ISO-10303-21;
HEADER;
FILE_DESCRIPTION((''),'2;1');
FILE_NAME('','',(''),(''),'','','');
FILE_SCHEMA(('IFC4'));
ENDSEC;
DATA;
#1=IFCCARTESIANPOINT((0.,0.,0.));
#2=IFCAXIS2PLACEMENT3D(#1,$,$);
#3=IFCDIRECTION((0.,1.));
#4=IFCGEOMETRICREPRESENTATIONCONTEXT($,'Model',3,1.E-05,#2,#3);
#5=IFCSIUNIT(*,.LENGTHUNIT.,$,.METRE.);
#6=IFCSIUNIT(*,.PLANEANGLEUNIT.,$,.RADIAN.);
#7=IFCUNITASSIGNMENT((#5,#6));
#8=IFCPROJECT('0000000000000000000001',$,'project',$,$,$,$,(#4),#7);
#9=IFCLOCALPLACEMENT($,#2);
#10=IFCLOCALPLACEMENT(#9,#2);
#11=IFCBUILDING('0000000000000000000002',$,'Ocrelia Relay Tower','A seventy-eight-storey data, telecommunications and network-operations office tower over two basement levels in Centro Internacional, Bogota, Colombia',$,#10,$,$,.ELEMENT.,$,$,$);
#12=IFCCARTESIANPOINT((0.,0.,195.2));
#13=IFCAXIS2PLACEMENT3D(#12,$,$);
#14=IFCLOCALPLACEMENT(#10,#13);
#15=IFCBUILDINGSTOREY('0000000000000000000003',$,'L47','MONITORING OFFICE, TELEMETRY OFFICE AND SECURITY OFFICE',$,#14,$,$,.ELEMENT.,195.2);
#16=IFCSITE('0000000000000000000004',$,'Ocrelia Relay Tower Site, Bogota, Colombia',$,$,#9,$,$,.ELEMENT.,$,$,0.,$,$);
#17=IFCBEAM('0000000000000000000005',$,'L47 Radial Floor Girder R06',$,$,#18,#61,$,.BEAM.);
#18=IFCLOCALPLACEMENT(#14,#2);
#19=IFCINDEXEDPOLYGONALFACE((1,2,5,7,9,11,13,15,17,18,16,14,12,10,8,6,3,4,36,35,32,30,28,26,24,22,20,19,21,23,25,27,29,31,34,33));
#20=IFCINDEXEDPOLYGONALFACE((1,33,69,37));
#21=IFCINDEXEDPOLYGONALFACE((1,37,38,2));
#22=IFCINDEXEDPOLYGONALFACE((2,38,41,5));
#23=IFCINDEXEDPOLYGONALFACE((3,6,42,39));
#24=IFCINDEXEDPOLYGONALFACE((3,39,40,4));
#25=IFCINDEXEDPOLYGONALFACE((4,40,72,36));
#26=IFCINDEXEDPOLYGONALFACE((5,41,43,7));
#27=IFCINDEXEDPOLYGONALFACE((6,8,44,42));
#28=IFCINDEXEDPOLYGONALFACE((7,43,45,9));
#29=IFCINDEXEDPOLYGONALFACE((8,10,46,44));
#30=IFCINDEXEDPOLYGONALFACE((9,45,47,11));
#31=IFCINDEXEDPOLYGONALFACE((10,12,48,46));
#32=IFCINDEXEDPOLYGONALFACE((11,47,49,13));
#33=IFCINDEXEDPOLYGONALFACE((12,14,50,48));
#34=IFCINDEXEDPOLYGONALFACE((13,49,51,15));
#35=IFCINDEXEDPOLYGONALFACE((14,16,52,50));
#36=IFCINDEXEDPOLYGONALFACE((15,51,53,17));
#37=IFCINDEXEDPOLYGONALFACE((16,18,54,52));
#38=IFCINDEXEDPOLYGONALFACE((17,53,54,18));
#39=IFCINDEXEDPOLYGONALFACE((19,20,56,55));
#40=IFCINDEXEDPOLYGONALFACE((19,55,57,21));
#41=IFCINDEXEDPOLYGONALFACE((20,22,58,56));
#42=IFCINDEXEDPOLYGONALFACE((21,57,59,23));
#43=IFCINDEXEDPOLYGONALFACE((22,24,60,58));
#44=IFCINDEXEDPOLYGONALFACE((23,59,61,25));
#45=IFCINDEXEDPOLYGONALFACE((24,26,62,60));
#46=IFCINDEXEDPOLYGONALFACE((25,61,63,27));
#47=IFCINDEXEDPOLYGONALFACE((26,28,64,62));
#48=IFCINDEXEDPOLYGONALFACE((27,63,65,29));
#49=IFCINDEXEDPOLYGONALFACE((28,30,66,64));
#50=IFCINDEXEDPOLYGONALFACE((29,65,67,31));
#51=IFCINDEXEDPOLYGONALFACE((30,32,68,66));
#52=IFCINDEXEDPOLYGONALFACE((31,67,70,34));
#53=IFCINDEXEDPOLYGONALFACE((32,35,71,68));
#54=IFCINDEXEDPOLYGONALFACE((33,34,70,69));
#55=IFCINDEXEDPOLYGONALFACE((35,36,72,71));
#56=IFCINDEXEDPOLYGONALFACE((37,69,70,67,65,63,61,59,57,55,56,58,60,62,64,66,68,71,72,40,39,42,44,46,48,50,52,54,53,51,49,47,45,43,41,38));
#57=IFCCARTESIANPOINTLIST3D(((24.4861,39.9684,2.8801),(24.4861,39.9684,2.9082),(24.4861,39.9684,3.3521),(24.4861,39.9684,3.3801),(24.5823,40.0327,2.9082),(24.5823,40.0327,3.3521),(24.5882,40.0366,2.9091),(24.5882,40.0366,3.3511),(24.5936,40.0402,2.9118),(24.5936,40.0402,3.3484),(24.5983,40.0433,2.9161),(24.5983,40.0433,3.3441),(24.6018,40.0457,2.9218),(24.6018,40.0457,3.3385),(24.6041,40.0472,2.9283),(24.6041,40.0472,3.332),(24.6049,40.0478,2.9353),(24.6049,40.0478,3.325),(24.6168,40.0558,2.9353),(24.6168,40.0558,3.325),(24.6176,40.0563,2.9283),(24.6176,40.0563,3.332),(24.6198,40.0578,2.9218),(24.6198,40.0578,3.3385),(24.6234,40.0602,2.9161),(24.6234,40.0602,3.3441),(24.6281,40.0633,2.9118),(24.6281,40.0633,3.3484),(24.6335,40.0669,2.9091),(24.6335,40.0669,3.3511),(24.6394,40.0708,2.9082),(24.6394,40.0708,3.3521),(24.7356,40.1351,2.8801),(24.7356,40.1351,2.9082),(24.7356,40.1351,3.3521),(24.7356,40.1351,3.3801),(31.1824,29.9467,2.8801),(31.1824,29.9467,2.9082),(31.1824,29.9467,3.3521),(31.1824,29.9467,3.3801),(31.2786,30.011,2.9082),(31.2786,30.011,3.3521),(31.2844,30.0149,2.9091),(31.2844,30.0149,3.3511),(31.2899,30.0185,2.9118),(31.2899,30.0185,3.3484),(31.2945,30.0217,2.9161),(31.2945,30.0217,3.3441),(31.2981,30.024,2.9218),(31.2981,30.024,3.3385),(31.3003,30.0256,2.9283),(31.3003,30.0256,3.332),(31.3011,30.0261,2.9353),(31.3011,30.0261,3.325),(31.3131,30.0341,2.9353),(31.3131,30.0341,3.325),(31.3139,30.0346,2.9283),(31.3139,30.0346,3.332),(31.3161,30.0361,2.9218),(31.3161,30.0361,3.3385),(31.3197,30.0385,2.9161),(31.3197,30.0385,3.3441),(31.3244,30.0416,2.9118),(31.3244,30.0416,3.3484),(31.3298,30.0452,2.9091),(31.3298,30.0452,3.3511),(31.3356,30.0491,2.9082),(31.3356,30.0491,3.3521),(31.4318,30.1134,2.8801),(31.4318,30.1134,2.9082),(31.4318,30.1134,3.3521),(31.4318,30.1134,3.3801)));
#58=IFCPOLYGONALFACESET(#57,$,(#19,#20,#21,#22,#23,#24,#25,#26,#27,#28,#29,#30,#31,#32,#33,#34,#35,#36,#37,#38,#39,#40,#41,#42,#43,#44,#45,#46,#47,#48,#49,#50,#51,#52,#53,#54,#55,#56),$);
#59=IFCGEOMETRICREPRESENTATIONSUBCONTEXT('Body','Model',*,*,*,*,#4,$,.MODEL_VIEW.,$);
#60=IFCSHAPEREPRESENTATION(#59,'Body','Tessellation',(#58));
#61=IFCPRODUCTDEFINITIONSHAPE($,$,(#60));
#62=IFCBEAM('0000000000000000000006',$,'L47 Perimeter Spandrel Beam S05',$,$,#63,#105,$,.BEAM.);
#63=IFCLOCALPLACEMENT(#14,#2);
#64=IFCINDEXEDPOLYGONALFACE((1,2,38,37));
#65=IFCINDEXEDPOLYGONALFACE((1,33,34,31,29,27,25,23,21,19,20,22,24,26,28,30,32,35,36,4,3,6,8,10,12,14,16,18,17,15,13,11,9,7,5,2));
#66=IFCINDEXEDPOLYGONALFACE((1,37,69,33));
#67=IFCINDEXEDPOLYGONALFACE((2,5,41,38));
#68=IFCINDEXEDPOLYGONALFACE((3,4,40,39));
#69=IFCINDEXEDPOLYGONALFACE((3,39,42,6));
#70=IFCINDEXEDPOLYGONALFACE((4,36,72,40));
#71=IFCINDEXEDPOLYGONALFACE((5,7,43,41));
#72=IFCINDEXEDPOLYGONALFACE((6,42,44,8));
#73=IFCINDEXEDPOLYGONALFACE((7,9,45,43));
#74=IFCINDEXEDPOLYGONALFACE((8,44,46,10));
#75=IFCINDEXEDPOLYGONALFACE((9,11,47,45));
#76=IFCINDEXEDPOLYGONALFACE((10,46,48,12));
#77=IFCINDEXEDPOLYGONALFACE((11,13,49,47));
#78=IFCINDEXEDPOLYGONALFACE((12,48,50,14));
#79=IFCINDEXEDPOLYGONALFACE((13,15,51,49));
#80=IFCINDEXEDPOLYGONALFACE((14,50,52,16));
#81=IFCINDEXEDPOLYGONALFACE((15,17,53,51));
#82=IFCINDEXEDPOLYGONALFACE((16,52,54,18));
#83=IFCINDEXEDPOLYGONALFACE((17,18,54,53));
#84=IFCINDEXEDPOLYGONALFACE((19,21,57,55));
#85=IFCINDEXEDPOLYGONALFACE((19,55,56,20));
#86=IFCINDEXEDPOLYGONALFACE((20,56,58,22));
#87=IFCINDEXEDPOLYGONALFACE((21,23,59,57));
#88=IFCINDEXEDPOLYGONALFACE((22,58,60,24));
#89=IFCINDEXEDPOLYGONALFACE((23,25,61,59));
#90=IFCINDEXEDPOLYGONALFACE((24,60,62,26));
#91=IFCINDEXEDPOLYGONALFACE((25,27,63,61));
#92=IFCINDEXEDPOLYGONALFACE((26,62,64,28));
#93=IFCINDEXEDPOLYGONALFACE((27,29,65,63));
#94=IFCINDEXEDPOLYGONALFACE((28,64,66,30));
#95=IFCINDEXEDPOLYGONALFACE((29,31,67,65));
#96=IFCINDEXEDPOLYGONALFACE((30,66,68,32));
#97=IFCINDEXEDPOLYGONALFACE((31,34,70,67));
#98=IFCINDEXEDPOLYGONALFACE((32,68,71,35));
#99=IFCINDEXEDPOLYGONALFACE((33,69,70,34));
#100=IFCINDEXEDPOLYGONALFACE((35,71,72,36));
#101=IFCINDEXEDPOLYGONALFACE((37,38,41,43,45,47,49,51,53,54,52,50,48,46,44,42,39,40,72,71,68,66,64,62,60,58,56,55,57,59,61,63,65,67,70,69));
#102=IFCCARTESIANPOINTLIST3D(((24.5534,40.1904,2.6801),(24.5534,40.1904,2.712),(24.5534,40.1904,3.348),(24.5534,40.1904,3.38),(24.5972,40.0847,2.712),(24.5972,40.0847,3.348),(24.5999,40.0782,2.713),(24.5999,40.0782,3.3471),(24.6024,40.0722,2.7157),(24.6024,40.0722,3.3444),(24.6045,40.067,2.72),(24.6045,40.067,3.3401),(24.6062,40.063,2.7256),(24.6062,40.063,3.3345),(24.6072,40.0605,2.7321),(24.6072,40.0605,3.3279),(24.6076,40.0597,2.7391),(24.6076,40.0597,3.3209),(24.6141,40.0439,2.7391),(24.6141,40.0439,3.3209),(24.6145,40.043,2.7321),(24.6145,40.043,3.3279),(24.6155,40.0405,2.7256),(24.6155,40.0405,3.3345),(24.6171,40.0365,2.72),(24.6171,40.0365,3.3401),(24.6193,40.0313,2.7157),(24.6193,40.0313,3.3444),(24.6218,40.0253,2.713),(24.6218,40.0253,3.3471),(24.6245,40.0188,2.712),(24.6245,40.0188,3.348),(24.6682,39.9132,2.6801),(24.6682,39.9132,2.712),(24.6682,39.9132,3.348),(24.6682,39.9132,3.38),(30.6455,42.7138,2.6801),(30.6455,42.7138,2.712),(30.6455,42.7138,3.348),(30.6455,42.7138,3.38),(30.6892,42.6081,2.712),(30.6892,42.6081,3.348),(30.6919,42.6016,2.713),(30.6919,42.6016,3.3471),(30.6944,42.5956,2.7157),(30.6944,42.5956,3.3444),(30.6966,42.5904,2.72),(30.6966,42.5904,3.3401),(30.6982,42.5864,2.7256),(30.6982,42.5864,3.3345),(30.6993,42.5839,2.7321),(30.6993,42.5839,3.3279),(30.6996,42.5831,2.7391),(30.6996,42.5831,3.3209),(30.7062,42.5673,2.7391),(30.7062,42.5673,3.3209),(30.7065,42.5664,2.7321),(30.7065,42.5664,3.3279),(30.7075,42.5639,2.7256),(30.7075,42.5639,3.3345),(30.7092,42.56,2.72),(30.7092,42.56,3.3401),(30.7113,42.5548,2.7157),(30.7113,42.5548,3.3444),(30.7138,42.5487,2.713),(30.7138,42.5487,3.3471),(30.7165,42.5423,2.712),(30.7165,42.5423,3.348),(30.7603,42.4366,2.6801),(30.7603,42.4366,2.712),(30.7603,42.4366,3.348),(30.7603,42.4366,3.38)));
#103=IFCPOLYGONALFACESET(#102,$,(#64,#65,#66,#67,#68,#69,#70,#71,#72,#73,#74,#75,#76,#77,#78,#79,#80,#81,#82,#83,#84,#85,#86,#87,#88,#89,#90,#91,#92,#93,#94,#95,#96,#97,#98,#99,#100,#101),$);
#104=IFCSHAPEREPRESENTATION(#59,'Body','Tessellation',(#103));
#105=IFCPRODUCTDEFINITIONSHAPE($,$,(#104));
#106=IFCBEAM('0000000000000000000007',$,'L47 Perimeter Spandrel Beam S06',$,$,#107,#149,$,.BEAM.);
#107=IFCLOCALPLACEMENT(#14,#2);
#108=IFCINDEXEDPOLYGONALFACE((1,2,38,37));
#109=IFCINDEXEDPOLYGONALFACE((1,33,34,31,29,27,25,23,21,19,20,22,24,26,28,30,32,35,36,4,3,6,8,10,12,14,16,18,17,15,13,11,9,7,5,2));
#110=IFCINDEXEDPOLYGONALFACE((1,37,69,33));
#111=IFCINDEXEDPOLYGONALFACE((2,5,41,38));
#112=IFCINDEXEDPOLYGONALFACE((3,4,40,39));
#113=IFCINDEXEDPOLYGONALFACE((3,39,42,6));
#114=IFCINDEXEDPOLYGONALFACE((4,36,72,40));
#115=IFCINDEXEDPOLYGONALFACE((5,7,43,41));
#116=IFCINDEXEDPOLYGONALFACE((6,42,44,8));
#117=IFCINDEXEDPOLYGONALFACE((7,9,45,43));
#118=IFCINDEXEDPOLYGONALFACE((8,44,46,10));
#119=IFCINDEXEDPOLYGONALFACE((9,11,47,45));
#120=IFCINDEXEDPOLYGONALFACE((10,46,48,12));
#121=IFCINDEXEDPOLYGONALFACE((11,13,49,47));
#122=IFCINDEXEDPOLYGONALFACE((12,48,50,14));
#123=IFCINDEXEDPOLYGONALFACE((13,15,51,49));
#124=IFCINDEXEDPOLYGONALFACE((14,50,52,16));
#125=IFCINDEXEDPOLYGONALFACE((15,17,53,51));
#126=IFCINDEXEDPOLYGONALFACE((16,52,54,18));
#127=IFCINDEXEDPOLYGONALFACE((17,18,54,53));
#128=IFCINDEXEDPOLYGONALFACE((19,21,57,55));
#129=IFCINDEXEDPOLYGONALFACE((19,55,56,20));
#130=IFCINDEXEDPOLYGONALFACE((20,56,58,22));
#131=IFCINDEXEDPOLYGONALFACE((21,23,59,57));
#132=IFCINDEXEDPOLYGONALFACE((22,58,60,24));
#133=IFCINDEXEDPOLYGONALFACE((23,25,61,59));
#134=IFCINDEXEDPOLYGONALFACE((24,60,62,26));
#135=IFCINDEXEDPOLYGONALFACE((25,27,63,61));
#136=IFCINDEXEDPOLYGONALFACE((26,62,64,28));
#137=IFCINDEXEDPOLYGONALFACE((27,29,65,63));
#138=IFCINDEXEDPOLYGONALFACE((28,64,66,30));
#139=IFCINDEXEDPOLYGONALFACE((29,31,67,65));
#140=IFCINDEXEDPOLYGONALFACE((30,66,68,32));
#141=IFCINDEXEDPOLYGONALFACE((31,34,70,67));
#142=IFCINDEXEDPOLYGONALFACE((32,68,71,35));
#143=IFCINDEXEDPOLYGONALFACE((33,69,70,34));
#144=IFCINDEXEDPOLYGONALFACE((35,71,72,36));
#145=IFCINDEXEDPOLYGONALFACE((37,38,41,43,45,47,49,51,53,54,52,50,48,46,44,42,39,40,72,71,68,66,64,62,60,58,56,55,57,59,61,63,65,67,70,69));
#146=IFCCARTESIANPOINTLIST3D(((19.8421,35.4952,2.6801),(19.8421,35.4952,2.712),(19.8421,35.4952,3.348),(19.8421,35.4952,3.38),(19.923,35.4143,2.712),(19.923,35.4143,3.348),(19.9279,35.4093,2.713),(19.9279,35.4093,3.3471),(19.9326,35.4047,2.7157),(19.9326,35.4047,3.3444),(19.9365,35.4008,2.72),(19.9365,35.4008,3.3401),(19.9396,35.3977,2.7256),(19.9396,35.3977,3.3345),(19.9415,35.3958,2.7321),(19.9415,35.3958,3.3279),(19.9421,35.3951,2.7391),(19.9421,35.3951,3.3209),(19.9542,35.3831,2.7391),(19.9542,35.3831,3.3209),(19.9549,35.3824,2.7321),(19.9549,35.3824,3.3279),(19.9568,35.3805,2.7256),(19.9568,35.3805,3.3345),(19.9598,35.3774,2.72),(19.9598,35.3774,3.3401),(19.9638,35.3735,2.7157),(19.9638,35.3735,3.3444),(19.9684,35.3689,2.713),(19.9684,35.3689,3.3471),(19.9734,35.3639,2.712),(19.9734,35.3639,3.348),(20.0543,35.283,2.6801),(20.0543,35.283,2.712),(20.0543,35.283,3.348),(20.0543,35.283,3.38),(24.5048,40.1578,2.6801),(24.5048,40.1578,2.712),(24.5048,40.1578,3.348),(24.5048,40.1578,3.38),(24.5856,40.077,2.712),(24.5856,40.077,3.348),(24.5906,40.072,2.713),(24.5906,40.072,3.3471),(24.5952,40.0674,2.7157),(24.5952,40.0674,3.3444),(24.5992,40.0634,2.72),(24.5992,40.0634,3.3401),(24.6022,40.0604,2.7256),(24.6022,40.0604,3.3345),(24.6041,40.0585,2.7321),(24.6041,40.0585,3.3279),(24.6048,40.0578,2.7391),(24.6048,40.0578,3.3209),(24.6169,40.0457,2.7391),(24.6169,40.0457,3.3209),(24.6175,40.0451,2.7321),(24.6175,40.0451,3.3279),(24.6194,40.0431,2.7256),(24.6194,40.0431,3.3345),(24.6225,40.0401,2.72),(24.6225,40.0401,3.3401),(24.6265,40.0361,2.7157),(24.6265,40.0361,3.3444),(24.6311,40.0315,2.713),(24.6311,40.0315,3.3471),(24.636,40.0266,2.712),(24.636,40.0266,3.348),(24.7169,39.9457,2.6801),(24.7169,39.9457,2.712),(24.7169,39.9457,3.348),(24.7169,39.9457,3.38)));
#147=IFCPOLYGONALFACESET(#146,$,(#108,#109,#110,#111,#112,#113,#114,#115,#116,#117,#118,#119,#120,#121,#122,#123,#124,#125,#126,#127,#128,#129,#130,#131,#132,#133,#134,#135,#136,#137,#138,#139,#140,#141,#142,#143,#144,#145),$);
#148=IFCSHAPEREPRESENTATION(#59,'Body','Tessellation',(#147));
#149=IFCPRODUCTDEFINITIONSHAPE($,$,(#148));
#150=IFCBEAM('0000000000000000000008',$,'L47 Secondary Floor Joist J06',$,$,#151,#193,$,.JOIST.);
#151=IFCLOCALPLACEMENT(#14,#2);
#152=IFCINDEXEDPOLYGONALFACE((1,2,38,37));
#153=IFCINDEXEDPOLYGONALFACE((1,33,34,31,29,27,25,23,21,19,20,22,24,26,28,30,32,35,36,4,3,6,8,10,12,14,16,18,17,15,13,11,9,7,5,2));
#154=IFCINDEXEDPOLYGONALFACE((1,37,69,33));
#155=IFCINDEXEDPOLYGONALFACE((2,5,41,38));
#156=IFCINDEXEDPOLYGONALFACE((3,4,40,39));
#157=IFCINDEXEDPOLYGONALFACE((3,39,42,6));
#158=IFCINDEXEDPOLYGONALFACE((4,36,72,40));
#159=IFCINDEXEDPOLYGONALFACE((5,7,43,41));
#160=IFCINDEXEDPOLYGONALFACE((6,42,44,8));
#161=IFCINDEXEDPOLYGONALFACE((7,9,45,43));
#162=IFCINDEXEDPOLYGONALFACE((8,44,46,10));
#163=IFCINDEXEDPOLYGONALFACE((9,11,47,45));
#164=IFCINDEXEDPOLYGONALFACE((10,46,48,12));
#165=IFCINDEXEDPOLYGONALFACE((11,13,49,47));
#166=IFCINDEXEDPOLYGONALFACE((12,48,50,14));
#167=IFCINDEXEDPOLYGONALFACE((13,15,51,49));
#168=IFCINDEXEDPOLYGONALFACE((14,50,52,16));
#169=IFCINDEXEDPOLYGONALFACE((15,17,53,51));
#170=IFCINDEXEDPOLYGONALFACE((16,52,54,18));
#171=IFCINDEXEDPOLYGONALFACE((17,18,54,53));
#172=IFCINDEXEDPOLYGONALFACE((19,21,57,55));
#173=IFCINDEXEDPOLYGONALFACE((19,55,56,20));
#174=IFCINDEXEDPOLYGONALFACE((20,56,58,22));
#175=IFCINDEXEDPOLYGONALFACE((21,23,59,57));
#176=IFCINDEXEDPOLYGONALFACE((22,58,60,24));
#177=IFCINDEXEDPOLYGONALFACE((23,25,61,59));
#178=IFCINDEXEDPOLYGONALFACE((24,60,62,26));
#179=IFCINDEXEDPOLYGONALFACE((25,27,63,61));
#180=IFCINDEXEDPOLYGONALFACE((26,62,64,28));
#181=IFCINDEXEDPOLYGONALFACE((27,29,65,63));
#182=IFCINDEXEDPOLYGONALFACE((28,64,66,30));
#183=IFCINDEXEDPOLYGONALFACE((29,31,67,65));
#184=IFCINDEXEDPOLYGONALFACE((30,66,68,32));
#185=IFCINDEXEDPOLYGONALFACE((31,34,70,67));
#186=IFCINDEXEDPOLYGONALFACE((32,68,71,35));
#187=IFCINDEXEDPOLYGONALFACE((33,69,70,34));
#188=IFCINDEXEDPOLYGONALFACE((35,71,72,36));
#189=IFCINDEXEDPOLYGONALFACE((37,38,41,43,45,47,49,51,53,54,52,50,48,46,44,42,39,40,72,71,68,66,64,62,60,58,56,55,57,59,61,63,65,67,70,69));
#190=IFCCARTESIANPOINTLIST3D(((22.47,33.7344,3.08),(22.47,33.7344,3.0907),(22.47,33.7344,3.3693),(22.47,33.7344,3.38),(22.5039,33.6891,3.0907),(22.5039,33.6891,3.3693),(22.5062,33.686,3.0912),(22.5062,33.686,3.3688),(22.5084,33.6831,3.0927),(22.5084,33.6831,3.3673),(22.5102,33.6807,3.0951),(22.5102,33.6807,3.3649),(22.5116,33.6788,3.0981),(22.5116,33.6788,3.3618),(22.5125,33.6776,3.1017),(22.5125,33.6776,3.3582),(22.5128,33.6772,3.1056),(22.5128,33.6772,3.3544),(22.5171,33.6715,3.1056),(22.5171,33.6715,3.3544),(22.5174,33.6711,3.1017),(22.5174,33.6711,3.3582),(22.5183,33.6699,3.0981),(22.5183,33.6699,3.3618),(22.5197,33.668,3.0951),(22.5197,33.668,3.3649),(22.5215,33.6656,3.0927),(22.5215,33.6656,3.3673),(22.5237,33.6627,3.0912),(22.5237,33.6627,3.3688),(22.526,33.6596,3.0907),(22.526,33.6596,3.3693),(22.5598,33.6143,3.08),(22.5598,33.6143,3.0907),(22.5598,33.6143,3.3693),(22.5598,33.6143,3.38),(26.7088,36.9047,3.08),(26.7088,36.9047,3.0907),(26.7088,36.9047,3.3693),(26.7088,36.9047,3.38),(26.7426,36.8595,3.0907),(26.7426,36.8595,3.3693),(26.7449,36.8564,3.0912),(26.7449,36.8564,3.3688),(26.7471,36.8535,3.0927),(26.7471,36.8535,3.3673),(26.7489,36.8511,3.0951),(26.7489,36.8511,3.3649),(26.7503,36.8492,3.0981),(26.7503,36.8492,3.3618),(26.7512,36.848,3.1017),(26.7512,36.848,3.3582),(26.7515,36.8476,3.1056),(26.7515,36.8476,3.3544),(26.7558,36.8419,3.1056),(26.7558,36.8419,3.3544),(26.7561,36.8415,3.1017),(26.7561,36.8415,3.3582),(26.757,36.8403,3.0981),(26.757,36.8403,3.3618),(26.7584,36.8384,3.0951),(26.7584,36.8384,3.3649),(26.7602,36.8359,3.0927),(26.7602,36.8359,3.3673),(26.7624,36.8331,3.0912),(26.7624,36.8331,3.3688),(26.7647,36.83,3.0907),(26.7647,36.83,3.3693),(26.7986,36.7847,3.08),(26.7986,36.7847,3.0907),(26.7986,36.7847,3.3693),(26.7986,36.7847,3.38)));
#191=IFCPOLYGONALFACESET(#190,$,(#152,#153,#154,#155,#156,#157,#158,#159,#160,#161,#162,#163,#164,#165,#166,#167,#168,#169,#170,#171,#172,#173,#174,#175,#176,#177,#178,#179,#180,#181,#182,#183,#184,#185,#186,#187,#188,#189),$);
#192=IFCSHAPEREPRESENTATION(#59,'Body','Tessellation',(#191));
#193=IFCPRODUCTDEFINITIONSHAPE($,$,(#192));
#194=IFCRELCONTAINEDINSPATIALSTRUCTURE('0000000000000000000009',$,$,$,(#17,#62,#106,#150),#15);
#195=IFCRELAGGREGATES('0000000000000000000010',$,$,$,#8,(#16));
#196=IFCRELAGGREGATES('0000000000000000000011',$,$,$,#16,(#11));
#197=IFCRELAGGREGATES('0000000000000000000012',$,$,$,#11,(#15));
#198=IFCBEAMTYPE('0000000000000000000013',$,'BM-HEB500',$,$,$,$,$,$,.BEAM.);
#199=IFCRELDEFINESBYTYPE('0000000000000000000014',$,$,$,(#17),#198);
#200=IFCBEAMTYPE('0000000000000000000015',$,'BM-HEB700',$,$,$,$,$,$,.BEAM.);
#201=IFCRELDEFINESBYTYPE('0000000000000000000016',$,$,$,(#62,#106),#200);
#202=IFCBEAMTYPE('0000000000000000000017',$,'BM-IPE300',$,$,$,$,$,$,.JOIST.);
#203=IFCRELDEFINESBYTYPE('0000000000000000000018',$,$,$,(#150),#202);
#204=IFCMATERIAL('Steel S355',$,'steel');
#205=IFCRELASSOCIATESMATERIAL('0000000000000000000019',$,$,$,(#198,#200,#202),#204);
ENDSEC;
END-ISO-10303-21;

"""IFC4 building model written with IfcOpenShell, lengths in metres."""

from ifc_helpers import new_model, si_unit, direction, frame, origin, origin_2d, place, context, subcontext, project, spatial, i_section, extrude, material, material_profile, profile_set, type_object, element, save


model = new_model("IFC4")

# Units and contexts
model_context = context("Model", 3, precision=1e-05, world=origin(), true_north=direction((0.0, 1.0)))
body_context = subcontext(model_context, "Body", "Model", "MODEL_VIEW")
ifc_project = project(units=[si_unit("LENGTHUNIT", "METRE"), si_unit("PLANEANGLEUNIT", "RADIAN")], contexts=[model_context])

# Site, building, storey
site_placement = place(None, origin())
site = spatial("IfcSite", under=ifc_project, at=site_placement, Name="Ocrelia Relay Tower Site, Bogota, Colombia", CompositionType="ELEMENT", RefElevation=0.0)
building_placement = place(site_placement, origin())
building = spatial("IfcBuilding", under=site, at=building_placement, Name="Ocrelia Relay Tower", Description="A seventy-eight-storey data, telecommunications and network-operations office tower over two basement levels in Centro Internacional, Bogota, Colombia", CompositionType="ELEMENT")
storey_placement = place(building_placement, frame((0.0, 0.0, 195.2)))
storey = spatial("IfcBuildingStorey", under=building, at=storey_placement, Name="L47", Description="MONITORING OFFICE, TELEMETRY OFFICE AND SECURITY OFFICE", CompositionType="ELEMENT", Elevation=195.2)

# Beams
ifc_material_1 = material(Name="Steel S355", Category="steel")
ifc_material_profile_1 = material_profile(ifc_material_1, i_section(OverallWidth=0.3, OverallDepth=0.5, WebThickness=0.0144, FlangeThickness=0.0281, FilletRadius=0.0271, at=origin_2d()), Name="HEB 500")
ifc_profile_set_1 = profile_set([ifc_material_profile_1], Name="Steel S355")
beam_type_1 = type_object("IfcBeamType", Name="BM-HEB500", PredefinedType="BEAM", material=ifc_profile_set_1)
beam_1_placement = place(storey_placement, frame((24.6108, 40.0518, 3.1301), z_axis=(0.555569, -0.83147, 0.0), x_axis=(0.83147, 0.555569, 0.0)))
element("IfcBeam", 1, at=beam_1_placement, inside=storey, type_object=beam_type_1, Name="L47 Radial Floor Girder R06", PredefinedType="BEAM", context=body_context, shape_type="SweptSolid", body=[
    extrude(i_section(OverallWidth=0.3, OverallDepth=0.5, WebThickness=0.0144, FlangeThickness=0.0281, FilletRadius=0.0271, at=origin_2d()), origin(), (0.0, 0.0, 1.0), 12.053),
])
ifc_material_profile_2 = material_profile(ifc_material_1, i_section(OverallWidth=0.3, OverallDepth=0.7, WebThickness=0.0171, FlangeThickness=0.032, FilletRadius=0.0271, at=origin_2d()), Name="HEB 700")
ifc_profile_set_2 = profile_set([ifc_material_profile_2], Name="Steel S355")
beam_type_2 = type_object("IfcBeamType", Name="BM-HEB700", PredefinedType="BEAM", material=ifc_profile_set_2)
for number, where, z_axis, x_axis, name in (
    (2, (30.7029, 42.5752, 3.03), (-0.923878, -0.382688, 0.0), (0.382688, -0.923878, 0.0), "L47 Perimeter Spandrel Beam S05"),
    (3, (24.6108, 40.0518, 3.03), (-0.707107, -0.707107, 0.0), (0.707107, -0.707107, 0.0), "L47 Perimeter Spandrel Beam S06"),
):
    element("IfcBeam", number, at=place(storey_placement, frame(where, z_axis=z_axis, x_axis=x_axis)), inside=storey, type_object=beam_type_2, Name=name, PredefinedType="BEAM", context=body_context, shape_type="SweptSolid", body=[
        extrude(i_section(OverallWidth=0.3, OverallDepth=0.7, WebThickness=0.0171, FlangeThickness=0.032, FilletRadius=0.0271, at=origin_2d()), origin(), (0.0, 0.0, 1.0), 6.594),
    ])
ifc_material_profile_3 = material_profile(ifc_material_1, i_section(OverallWidth=0.1499, OverallDepth=0.3, WebThickness=0.0071, FlangeThickness=0.0107, FilletRadius=0.0149, at=origin_2d()), Name="IPE 300")
ifc_profile_set_3 = profile_set([ifc_material_profile_3], Name="Steel S355")
beam_type_3 = type_object("IfcBeamType", Name="BM-IPE300", PredefinedType="JOIST", material=ifc_profile_set_3)
beam_2_placement = place(storey_placement, frame((26.7537, 36.8447, 3.23), z_axis=(-0.800785, -0.598952, 0.0), x_axis=(0.598952, -0.800785, 0.0)))
element("IfcBeam", 4, at=beam_2_placement, inside=storey, type_object=beam_type_3, Name="L47 Secondary Floor Joist J06", PredefinedType="JOIST", context=body_context, shape_type="SweptSolid", body=[
    extrude(i_section(OverallWidth=0.1499, OverallDepth=0.3, WebThickness=0.0071, FlangeThickness=0.0107, FilletRadius=0.0149, at=origin_2d()), origin(), (0.0, 0.0, 1.0), 5.2932),
])

save(model, "model.ifc")
